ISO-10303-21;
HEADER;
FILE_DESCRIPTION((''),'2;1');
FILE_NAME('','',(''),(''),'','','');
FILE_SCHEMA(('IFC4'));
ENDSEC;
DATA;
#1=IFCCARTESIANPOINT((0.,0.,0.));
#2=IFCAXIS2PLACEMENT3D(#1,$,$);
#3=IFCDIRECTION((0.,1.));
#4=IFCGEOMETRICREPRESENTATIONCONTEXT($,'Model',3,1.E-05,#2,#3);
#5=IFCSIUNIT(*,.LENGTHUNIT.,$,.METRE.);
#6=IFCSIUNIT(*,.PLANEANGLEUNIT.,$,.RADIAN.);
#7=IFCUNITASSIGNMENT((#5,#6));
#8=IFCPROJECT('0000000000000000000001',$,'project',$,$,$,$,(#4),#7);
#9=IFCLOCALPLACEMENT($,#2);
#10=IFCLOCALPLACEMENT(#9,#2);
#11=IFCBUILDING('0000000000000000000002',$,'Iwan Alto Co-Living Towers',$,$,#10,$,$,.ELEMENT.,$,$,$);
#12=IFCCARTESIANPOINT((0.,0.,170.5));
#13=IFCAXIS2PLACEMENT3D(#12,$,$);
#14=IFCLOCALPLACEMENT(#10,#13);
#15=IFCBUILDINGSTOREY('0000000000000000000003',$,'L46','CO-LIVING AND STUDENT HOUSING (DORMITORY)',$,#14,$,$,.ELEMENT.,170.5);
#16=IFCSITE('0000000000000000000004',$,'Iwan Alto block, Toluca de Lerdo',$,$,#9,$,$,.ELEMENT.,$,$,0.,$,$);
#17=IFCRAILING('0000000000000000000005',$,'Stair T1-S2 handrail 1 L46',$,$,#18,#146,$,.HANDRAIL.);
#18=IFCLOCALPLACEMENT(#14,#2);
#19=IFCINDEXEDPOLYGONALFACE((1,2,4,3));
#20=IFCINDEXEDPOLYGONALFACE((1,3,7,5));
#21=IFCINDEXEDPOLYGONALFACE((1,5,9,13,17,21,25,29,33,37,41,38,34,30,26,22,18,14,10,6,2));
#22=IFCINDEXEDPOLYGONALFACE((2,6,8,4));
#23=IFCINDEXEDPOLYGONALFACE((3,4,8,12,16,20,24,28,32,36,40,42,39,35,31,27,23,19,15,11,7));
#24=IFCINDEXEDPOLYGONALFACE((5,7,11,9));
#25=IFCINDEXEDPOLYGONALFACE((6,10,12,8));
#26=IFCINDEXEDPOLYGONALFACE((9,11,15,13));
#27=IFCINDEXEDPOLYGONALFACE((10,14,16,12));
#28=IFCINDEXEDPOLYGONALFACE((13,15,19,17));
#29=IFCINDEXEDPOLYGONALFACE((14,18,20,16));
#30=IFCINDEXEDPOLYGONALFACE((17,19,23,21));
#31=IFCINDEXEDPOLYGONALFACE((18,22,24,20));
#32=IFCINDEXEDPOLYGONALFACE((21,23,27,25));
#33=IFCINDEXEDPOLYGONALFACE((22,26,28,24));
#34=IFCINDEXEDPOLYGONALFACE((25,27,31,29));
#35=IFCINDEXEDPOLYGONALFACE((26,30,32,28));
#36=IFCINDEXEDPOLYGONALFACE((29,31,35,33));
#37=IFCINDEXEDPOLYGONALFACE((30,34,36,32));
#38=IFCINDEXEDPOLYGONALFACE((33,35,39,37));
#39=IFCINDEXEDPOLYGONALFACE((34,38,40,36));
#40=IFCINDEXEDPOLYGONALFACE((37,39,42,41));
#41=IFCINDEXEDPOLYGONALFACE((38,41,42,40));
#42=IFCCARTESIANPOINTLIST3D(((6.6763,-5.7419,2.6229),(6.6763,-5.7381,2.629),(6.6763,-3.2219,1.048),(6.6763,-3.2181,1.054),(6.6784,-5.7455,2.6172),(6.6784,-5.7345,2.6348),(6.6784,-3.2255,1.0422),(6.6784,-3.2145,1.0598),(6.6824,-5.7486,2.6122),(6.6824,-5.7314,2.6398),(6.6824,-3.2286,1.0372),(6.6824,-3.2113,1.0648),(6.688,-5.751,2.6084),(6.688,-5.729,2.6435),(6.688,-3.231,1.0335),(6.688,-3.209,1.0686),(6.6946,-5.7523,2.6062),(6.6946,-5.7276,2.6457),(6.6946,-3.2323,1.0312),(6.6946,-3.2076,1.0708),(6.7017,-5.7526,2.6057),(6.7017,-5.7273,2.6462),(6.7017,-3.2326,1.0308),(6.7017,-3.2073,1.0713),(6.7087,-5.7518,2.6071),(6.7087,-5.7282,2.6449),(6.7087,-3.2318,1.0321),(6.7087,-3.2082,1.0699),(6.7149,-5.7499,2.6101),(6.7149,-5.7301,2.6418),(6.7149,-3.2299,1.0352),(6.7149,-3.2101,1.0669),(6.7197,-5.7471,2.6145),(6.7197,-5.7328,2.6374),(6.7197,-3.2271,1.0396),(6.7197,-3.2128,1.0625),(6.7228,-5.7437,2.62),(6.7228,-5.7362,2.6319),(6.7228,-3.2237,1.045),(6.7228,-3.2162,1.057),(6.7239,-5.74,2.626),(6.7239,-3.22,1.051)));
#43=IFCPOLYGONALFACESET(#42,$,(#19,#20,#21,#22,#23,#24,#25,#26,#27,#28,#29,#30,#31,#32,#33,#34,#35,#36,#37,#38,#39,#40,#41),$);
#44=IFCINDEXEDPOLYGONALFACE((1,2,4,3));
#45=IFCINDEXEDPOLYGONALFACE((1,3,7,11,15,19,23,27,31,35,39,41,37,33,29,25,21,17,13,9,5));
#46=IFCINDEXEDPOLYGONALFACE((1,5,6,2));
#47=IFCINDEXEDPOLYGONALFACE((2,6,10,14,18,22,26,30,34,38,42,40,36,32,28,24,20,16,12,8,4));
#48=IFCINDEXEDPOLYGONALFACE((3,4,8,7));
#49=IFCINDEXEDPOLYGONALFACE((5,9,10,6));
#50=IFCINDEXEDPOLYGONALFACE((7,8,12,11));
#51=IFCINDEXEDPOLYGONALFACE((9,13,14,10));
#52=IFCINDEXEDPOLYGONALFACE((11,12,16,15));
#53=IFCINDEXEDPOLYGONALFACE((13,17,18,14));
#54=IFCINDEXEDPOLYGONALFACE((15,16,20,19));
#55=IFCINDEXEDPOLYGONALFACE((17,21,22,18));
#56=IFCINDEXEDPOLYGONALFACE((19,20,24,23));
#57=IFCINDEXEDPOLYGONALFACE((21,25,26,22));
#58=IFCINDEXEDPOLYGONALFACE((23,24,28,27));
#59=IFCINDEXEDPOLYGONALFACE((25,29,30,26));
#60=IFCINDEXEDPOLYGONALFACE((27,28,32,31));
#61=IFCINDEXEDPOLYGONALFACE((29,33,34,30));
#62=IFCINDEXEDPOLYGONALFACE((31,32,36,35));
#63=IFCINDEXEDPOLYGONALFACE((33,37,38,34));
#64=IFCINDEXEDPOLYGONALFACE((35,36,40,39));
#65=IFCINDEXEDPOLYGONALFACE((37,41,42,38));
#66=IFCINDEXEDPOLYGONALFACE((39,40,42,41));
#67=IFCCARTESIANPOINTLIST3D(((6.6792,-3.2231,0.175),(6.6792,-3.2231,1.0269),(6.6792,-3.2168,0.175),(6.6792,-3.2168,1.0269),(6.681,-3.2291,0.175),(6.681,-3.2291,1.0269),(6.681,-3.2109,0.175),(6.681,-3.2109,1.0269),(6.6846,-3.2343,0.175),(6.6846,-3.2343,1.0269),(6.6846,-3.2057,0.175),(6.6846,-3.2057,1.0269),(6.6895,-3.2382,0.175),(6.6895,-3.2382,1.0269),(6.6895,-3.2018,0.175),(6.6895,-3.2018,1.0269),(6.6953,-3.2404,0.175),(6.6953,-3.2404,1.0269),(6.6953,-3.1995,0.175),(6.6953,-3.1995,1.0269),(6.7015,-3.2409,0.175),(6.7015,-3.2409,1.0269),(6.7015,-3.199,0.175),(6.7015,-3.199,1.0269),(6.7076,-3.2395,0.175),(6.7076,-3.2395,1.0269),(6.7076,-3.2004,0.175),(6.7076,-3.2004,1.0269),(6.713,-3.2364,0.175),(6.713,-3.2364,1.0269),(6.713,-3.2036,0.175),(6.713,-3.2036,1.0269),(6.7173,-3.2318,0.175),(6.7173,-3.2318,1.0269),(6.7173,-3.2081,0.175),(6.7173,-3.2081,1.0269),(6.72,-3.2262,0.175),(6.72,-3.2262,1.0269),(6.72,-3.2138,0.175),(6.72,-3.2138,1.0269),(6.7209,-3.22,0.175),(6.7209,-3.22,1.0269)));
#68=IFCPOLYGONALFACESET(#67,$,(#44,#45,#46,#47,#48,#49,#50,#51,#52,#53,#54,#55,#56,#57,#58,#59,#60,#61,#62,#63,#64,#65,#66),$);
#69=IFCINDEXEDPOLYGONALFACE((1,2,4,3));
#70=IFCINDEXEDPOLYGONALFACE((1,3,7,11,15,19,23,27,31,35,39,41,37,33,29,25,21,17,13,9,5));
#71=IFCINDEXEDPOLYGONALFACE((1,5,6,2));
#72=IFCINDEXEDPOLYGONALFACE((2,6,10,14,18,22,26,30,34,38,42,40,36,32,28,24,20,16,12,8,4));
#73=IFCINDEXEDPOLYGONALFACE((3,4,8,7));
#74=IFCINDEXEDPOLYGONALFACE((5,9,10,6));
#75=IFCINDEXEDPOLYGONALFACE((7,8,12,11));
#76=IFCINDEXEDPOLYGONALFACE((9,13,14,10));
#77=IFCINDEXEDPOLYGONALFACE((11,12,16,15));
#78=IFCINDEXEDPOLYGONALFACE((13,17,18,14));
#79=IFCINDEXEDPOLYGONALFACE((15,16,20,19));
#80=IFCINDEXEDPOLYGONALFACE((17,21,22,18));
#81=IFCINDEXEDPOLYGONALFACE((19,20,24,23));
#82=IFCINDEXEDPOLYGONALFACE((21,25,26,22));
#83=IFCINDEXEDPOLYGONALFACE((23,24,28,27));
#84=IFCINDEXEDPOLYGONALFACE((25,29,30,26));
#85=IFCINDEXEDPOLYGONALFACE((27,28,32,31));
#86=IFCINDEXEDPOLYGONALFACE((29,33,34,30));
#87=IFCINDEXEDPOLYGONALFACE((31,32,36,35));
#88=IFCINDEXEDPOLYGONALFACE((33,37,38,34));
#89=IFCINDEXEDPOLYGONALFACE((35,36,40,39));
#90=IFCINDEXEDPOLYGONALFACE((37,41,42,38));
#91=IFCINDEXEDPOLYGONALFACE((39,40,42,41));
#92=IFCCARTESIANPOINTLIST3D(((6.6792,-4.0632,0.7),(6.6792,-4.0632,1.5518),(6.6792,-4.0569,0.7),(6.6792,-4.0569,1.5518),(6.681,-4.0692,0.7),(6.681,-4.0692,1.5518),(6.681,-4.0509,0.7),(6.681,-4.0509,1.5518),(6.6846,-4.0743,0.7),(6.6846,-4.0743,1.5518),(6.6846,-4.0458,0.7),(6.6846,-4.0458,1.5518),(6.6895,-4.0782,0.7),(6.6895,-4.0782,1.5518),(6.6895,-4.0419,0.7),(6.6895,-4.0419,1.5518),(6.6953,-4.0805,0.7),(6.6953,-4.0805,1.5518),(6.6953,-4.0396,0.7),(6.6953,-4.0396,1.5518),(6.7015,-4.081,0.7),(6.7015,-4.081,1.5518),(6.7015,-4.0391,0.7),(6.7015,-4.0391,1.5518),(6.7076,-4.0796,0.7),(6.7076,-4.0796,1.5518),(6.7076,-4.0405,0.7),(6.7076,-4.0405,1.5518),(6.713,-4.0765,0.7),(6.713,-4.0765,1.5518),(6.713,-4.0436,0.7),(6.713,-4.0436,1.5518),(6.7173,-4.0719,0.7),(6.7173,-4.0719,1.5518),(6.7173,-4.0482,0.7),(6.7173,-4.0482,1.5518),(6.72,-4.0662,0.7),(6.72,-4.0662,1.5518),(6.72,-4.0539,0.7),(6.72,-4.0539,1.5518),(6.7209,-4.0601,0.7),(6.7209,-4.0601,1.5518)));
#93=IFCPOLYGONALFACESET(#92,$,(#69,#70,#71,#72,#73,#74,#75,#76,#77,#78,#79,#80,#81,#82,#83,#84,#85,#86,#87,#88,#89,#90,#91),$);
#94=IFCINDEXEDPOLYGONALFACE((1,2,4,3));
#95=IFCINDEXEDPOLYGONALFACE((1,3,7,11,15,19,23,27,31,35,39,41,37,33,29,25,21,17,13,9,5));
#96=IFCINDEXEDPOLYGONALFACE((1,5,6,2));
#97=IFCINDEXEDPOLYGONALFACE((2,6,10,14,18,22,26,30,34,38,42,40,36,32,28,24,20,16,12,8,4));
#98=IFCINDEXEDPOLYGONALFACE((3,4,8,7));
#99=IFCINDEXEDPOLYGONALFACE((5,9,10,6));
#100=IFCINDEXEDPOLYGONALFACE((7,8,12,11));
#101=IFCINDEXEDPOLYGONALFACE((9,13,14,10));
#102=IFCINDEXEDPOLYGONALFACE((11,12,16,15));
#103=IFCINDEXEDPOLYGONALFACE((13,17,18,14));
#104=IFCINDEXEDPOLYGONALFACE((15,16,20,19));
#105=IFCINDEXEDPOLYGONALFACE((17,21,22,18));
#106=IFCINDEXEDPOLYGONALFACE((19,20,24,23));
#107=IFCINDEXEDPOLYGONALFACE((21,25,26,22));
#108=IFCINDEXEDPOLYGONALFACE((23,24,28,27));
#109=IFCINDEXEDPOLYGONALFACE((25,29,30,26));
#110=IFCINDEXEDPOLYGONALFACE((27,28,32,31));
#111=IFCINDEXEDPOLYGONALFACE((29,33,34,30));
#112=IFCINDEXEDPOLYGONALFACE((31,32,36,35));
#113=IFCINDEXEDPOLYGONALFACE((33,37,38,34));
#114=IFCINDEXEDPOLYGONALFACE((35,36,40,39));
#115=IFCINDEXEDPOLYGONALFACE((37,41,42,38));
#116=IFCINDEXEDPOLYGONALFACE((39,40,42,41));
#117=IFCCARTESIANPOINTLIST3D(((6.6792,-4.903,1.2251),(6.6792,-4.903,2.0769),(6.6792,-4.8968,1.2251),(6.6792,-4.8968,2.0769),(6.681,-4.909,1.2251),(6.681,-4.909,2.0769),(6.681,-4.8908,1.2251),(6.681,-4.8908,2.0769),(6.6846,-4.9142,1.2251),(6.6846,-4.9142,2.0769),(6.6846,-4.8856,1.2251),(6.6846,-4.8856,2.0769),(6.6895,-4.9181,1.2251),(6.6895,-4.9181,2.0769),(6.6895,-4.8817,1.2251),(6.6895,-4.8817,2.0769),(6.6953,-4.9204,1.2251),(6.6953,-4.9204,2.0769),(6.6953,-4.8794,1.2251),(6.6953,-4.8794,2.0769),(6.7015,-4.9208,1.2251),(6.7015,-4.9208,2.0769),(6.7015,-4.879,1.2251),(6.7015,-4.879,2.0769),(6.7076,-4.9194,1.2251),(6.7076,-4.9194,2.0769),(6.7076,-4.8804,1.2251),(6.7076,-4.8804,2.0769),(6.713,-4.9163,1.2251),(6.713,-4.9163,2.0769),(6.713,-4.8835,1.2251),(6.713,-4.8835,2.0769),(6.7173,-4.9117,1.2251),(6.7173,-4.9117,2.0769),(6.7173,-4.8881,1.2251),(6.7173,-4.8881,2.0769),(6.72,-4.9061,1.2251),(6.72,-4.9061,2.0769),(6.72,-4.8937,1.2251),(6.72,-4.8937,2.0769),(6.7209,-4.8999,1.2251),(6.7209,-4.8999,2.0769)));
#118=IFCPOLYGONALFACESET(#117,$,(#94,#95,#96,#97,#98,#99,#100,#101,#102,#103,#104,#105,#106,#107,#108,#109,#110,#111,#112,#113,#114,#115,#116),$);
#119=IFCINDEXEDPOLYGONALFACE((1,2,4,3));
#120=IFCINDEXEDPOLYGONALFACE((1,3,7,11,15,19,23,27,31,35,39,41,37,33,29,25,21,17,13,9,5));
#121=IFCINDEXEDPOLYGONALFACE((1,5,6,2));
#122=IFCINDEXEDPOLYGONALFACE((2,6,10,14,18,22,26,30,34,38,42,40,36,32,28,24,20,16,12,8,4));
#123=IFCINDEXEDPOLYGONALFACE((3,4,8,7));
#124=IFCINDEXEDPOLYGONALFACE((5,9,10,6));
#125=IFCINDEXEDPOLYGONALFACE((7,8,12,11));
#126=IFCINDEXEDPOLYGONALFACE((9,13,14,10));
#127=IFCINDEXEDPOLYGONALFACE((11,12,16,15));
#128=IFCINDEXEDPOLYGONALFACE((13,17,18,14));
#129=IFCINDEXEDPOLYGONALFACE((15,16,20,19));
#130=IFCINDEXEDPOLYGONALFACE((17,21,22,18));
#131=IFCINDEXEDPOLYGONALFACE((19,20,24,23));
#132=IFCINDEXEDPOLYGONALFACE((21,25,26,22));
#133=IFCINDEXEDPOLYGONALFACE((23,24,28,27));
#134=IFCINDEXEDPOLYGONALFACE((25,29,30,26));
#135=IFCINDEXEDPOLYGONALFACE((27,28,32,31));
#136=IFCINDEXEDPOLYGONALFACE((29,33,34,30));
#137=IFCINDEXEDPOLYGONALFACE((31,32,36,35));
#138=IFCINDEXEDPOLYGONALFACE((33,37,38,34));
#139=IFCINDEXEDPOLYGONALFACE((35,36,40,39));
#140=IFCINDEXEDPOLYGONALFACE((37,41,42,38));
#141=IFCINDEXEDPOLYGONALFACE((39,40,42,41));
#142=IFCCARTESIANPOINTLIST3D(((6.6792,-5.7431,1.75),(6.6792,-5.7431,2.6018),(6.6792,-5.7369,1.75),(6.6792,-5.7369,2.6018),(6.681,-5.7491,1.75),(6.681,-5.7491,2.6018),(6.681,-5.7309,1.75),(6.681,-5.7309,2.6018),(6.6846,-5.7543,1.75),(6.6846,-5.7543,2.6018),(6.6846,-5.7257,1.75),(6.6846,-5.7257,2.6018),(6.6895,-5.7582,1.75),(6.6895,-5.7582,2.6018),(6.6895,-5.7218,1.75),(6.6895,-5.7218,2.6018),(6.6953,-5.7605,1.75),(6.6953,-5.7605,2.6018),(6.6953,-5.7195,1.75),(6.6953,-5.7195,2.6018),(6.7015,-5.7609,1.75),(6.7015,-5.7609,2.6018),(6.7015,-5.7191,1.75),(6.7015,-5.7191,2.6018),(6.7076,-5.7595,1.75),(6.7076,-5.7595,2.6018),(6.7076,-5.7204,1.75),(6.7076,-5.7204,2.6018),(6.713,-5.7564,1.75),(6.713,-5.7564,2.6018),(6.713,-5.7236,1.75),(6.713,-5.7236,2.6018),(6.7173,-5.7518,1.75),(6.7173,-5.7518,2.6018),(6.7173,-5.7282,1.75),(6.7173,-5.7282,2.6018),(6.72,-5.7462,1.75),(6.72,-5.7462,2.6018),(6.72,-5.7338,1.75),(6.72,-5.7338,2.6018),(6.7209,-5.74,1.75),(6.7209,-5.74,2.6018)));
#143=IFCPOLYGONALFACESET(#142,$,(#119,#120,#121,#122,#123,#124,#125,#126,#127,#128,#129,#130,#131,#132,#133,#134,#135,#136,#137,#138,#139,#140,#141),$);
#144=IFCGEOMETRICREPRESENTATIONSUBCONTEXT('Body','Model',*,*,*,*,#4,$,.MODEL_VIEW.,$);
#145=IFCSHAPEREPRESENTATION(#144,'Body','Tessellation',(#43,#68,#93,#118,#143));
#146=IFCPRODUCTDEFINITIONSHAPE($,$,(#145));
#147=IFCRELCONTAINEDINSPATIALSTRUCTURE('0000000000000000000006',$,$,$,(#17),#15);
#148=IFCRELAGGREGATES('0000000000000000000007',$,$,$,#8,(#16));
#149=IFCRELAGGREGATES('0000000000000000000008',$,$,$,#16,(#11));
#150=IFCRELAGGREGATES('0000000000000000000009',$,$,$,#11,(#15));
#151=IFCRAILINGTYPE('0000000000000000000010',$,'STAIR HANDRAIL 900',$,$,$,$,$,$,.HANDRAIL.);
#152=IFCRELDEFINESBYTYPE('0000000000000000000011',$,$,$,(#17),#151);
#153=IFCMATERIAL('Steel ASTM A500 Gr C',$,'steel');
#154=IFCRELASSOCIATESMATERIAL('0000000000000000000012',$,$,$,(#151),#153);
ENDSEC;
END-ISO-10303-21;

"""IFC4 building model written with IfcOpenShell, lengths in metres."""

from ifc_helpers import new_model, si_unit, direction, frame, origin, origin_2d, place, context, subcontext, project, spatial, circle, extrude, material, type_object, element, save


model = new_model("IFC4")

# Units and contexts
model_context = context("Model", 3, precision=1e-05, world=origin(), true_north=direction((0.0, 1.0)))
body_context = subcontext(model_context, "Body", "Model", "MODEL_VIEW")
ifc_project = project(units=[si_unit("LENGTHUNIT", "METRE"), si_unit("PLANEANGLEUNIT", "RADIAN")], contexts=[model_context])

# Site, building, storey
site_placement = place(None, origin())
site = spatial("IfcSite", under=ifc_project, at=site_placement, Name="Iwan Alto block, Toluca de Lerdo", CompositionType="ELEMENT", RefElevation=0.0)
building_placement = place(site_placement, origin())
building = spatial("IfcBuilding", under=site, at=building_placement, Name="Iwan Alto Co-Living Towers", CompositionType="ELEMENT")
storey_placement = place(building_placement, frame((0.0, 0.0, 170.5)))
storey = spatial("IfcBuildingStorey", under=building, at=storey_placement, Name="L46", Description="CO-LIVING AND STUDENT HOUSING (DORMITORY)", CompositionType="ELEMENT", Elevation=170.5)

# Railing
ifc_material_1 = material(Name="Steel ASTM A500 Gr C", Category="steel")
railing_type_1 = type_object("IfcRailingType", Name="STAIR HANDRAIL 900", PredefinedType="HANDRAIL", material=ifc_material_1)
railing_1_placement = place(storey_placement, frame((6.7, -3.22, 0.175)))
element("IfcRailing", 1, at=railing_1_placement, inside=storey, type_object=railing_type_1, Name="Stair T1-S2 handrail 1 L46", PredefinedType="HANDRAIL", context=body_context, shape_type="SweptSolid", body=[
    extrude(circle(Radius=0.0239, at=origin_2d()), frame((0.0, 0.0, 0.876), z_axis=(0.0, -0.848008, 0.529984), x_axis=(1.0, 0.0, 0.0)), (0.0, 0.0, 1.0), 2.9717),
    extrude(circle(Radius=0.021, at=origin_2d()), origin(), (0.0, 0.0, 1.0), 0.8518),
    extrude(circle(Radius=0.021, at=origin_2d()), frame((0.0, -0.8401, 0.5249)), (0.0, 0.0, 1.0), 0.8518),
    extrude(circle(Radius=0.021, at=origin_2d()), frame((0.0, -1.6799, 1.05)), (0.0, 0.0, 1.0), 0.8518),
    extrude(circle(Radius=0.021, at=origin_2d()), frame((0.0, -2.52, 1.575)), (0.0, 0.0, 1.0), 0.8518),
])

save(model, "model.ifc")
